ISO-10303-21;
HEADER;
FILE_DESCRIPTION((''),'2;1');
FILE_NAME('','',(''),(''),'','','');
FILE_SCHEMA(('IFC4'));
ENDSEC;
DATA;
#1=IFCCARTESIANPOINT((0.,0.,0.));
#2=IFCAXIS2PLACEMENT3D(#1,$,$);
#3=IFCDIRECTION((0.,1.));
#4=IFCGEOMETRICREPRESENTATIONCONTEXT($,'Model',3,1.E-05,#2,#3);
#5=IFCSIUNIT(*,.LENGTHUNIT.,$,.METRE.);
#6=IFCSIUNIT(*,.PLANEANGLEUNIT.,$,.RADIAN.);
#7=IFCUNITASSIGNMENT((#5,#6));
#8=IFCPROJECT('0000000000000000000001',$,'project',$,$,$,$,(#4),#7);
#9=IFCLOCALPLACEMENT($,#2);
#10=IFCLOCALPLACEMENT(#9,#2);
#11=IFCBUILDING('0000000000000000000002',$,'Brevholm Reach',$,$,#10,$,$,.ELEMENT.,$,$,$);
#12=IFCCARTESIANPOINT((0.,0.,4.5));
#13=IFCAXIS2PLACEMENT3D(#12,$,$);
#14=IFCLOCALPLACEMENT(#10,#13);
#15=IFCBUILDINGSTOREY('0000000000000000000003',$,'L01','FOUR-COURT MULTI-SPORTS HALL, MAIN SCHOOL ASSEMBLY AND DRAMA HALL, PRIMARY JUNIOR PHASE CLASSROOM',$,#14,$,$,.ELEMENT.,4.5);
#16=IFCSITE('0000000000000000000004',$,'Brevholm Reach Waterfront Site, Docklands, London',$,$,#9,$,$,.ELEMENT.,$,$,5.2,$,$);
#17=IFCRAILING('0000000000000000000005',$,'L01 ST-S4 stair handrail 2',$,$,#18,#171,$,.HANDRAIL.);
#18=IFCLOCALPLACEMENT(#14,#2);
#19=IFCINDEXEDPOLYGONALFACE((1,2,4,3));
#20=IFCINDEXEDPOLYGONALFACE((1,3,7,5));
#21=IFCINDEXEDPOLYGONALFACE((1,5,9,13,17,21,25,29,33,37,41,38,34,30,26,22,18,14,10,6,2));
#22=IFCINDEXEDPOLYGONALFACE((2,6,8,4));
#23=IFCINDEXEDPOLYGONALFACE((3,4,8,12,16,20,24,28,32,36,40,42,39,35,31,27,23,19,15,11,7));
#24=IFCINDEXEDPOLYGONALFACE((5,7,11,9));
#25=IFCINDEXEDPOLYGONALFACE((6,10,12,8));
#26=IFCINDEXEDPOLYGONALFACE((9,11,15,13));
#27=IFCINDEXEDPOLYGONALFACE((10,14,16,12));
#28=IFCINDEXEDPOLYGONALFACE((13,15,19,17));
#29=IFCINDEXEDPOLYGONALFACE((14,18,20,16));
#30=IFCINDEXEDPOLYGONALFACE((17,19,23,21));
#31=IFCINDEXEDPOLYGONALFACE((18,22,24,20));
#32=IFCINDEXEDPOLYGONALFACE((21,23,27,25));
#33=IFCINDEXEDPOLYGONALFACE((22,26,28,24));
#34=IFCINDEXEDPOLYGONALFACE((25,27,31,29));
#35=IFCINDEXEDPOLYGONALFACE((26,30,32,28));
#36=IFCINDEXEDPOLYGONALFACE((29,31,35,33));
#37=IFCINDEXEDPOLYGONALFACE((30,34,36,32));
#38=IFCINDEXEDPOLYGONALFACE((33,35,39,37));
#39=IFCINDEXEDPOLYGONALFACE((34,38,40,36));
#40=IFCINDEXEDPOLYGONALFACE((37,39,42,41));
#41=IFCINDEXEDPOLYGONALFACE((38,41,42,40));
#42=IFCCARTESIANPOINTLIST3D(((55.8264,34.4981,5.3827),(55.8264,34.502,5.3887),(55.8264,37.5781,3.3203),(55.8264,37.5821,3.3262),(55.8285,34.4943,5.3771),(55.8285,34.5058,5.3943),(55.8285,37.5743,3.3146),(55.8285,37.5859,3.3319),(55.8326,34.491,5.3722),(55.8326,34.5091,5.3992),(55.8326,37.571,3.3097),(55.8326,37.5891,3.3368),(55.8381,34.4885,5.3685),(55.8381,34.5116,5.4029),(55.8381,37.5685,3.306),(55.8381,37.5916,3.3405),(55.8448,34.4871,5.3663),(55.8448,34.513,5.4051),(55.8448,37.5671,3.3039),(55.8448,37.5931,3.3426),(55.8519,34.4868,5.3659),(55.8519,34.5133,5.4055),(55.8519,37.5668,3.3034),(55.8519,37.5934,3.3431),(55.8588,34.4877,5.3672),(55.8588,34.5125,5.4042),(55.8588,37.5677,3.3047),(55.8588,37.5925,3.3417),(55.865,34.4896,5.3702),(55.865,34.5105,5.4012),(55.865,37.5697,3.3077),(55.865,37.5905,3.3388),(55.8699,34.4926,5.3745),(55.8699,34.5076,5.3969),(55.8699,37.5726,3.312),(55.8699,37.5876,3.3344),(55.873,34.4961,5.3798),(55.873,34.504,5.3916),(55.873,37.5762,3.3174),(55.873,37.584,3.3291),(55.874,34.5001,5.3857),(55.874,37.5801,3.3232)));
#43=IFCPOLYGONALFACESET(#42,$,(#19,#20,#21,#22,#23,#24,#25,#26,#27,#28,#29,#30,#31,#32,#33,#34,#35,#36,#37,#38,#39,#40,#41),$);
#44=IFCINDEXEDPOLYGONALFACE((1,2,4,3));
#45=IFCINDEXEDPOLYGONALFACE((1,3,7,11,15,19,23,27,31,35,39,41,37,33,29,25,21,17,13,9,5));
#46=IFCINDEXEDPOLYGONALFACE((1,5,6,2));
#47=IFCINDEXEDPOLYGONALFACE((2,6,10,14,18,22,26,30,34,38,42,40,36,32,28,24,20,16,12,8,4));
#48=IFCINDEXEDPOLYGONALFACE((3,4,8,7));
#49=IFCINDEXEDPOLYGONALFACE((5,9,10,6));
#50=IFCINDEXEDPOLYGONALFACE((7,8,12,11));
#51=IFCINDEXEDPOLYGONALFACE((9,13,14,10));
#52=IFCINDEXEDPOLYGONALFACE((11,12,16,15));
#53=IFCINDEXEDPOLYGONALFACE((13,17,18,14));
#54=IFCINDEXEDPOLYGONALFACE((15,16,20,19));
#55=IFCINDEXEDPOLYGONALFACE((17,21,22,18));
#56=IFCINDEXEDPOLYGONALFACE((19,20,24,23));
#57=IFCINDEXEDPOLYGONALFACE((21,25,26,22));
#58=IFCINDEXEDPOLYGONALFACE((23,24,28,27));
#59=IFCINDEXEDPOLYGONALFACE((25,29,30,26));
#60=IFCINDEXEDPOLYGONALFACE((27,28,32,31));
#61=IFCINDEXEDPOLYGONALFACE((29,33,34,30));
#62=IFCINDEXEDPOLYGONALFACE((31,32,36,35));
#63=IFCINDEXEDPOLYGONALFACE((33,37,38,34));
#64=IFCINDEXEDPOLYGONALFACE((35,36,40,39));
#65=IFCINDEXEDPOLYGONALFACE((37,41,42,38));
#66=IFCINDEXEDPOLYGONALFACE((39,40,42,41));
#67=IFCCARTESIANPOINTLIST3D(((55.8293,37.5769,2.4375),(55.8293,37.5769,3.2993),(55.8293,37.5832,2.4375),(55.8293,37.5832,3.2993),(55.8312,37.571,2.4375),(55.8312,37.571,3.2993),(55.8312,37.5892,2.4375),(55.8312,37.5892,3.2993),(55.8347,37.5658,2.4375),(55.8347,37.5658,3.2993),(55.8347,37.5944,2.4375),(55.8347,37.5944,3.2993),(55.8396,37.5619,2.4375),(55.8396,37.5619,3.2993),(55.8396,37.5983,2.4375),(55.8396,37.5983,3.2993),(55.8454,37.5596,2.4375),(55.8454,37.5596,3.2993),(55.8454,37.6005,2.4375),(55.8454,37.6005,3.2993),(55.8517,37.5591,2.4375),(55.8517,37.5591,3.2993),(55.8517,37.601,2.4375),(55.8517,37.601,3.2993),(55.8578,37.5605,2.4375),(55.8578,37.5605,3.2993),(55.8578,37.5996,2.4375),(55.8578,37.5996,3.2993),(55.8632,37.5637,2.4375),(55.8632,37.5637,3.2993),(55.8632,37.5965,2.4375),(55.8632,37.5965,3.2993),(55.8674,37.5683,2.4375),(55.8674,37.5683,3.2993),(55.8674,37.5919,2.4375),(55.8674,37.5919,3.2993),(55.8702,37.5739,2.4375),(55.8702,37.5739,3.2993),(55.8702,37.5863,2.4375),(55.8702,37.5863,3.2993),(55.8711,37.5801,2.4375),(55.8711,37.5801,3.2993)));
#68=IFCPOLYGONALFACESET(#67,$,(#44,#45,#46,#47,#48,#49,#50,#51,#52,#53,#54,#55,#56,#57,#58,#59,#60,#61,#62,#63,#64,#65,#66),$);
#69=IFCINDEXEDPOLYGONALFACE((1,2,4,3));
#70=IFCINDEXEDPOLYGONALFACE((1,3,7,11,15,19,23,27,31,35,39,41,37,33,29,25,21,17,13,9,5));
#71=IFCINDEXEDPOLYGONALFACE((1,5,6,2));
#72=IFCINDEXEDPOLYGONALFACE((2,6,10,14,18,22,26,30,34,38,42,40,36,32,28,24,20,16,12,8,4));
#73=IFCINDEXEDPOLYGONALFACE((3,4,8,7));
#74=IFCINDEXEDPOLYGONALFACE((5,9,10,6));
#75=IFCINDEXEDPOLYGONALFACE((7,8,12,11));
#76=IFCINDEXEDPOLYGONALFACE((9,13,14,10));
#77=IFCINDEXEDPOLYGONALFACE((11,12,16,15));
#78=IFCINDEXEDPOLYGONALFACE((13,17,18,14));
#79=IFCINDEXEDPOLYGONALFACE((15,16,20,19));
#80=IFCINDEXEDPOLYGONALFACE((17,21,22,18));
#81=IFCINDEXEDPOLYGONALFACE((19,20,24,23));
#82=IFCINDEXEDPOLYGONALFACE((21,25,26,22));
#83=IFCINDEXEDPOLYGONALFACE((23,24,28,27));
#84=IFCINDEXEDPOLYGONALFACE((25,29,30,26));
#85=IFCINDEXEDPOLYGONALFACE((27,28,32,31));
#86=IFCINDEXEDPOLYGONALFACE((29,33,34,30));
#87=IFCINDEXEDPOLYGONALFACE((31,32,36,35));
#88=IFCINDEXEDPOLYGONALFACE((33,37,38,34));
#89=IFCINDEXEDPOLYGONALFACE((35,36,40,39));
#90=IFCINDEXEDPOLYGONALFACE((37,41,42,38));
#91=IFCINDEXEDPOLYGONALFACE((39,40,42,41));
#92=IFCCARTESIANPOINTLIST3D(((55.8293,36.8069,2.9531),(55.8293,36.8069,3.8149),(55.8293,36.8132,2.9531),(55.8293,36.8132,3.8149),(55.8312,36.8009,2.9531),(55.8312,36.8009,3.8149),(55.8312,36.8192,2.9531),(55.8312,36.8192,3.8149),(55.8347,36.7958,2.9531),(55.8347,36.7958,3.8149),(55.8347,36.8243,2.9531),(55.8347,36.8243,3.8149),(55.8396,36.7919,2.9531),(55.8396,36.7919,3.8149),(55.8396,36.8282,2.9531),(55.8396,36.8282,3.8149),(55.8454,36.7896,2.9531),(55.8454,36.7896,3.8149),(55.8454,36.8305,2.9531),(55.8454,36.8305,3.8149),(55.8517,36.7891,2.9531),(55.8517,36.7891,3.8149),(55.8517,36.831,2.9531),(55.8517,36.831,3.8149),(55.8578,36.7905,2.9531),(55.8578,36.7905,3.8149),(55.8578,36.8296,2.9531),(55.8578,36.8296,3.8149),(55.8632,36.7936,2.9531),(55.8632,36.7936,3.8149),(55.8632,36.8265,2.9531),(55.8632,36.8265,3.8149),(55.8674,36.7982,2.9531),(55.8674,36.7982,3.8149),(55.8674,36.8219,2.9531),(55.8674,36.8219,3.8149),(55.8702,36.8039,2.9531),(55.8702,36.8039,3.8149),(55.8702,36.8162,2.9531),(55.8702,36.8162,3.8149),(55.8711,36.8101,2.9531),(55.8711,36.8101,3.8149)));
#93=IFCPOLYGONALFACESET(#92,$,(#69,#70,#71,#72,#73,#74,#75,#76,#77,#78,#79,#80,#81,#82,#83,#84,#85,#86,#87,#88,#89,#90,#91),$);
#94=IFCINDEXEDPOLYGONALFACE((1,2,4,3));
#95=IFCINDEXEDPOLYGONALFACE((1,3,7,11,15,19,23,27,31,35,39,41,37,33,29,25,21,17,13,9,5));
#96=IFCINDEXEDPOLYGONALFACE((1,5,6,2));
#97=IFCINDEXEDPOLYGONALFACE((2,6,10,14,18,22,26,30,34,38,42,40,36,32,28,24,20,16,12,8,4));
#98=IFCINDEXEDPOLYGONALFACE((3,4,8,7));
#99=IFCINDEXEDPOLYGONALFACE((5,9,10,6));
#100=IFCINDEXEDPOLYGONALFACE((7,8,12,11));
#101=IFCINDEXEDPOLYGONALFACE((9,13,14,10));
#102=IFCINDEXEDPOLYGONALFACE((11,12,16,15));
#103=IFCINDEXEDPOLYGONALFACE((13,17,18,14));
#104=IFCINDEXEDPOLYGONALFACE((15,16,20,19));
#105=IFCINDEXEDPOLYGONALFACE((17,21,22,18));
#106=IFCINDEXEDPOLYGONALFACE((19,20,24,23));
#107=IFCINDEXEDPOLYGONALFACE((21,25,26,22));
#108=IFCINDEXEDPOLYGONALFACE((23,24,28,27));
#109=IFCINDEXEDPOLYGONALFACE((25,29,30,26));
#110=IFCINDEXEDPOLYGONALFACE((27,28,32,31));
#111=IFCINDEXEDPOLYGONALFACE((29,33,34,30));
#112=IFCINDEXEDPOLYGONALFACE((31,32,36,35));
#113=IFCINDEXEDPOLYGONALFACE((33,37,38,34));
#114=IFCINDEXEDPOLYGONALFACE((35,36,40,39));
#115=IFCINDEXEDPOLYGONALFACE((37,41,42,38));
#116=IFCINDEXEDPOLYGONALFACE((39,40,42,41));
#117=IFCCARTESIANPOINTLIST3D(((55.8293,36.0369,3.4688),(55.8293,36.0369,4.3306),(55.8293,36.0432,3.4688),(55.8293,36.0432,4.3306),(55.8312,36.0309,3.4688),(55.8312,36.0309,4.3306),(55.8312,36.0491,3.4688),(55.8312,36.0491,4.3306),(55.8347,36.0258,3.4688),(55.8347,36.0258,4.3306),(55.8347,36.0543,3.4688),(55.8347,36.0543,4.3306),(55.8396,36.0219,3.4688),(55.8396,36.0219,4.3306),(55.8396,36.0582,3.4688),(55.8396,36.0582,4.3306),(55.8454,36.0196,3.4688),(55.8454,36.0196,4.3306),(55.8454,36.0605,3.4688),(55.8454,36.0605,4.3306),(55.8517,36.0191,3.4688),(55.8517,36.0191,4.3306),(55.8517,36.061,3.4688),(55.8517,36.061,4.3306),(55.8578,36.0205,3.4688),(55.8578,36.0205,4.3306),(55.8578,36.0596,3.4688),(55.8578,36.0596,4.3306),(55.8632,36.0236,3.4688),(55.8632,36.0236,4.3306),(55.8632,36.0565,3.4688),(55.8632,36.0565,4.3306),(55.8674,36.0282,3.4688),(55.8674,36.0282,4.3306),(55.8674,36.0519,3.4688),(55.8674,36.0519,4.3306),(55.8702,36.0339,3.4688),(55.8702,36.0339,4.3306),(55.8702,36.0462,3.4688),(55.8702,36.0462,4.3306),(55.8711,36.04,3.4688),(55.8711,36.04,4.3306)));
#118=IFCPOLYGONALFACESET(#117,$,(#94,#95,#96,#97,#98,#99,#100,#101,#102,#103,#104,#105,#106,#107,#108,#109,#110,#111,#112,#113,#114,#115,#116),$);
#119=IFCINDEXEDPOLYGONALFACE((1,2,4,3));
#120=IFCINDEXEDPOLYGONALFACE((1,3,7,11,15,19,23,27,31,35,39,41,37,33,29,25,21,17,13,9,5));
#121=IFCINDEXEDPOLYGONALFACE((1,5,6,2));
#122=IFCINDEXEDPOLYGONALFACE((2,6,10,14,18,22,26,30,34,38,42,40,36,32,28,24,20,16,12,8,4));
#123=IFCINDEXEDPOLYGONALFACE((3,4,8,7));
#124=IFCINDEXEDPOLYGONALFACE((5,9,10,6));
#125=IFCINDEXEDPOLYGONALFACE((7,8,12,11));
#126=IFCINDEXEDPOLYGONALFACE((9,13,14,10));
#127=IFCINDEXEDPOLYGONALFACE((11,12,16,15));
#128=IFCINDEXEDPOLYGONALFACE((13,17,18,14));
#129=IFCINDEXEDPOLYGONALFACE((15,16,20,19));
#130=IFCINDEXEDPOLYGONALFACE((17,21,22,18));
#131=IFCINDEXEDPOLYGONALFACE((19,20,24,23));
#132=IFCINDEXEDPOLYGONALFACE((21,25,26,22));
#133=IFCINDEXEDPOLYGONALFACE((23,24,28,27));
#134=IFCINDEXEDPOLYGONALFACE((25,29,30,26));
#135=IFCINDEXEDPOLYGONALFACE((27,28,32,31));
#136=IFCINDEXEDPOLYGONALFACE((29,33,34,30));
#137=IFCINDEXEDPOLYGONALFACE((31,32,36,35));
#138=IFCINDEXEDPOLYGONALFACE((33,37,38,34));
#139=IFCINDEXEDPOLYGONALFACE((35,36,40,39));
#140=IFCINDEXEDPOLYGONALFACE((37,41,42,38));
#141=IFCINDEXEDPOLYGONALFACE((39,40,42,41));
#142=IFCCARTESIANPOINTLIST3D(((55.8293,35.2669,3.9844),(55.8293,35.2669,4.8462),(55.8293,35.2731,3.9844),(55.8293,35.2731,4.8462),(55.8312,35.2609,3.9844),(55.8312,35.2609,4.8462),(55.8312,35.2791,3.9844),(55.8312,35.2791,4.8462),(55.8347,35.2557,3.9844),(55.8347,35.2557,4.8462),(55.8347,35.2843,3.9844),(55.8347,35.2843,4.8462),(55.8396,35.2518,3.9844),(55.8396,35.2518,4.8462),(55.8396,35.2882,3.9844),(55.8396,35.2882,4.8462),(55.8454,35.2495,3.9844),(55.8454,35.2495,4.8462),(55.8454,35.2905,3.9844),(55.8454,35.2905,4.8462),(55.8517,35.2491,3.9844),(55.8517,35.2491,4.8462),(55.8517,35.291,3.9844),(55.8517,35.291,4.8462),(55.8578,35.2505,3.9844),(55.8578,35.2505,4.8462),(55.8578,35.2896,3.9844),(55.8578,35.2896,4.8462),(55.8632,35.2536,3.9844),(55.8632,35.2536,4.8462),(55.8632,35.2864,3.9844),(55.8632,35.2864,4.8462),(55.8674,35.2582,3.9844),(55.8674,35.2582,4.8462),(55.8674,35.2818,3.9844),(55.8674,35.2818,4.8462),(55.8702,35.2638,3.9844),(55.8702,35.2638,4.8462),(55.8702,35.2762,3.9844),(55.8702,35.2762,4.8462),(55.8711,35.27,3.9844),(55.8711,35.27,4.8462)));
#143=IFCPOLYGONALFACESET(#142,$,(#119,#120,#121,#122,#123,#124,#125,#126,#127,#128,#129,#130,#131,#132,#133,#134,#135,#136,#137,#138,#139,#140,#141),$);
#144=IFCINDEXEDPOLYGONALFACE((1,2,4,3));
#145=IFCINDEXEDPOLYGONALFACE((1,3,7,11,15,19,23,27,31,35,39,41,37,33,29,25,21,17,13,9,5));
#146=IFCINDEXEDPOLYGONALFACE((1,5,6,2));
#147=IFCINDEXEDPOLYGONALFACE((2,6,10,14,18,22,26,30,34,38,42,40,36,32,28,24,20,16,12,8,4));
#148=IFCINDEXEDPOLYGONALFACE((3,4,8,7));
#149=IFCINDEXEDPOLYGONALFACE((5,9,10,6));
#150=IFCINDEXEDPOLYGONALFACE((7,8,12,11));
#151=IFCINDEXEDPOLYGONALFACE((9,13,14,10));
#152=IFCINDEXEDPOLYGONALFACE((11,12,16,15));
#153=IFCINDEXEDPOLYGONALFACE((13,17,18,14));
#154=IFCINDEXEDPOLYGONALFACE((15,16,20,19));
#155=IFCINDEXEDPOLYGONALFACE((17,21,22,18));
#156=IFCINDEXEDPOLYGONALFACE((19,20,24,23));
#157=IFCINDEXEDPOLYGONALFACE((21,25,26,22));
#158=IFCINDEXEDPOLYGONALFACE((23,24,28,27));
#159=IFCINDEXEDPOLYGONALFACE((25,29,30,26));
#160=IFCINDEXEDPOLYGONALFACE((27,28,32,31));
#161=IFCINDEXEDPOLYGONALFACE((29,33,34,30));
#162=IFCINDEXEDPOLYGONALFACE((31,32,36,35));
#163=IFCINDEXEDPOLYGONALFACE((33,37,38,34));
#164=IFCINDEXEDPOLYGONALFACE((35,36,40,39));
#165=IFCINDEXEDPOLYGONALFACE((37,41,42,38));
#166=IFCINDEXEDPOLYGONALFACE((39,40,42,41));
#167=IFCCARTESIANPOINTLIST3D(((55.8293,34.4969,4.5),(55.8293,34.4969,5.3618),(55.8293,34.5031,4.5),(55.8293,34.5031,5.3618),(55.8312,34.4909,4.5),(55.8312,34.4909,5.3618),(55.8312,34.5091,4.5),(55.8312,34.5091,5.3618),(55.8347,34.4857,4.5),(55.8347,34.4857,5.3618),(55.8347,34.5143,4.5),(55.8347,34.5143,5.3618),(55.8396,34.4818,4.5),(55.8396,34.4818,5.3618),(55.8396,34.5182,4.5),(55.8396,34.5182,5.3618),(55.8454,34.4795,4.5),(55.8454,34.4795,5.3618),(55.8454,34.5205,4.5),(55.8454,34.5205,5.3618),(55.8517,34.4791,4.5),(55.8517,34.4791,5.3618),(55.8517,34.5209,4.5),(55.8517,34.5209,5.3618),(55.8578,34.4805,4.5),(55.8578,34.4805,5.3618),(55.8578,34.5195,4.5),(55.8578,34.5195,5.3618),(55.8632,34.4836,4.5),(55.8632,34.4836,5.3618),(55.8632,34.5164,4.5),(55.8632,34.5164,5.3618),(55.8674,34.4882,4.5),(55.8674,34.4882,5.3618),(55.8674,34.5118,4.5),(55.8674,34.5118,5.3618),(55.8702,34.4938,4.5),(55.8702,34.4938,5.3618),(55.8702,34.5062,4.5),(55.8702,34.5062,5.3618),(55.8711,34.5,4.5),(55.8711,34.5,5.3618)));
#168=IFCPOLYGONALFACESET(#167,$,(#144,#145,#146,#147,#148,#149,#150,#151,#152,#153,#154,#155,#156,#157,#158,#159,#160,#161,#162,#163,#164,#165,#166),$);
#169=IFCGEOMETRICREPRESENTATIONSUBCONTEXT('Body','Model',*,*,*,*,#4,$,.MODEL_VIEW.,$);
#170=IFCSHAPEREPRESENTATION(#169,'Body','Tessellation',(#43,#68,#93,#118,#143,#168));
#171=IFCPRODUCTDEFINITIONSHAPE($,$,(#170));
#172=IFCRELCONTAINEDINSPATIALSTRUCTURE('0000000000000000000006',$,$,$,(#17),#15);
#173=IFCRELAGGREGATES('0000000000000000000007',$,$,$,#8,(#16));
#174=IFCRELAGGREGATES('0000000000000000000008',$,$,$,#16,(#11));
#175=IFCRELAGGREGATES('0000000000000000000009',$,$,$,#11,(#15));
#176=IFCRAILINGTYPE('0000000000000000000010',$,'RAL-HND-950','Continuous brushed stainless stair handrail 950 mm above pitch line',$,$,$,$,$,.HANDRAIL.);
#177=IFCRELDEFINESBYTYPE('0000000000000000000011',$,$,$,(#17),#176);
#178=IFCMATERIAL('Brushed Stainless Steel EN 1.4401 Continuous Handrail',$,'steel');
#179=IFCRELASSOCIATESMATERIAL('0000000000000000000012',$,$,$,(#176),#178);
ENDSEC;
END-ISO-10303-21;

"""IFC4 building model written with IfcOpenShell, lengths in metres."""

from ifc_helpers import new_model, si_unit, direction, frame, origin, origin_2d, place, context, subcontext, project, spatial, circle, extrude, material, type_object, element, save


model = new_model("IFC4")

# Units and contexts
model_context = context("Model", 3, precision=1e-05, world=origin(), true_north=direction((0.0, 1.0)))
body_context = subcontext(model_context, "Body", "Model", "MODEL_VIEW")
ifc_project = project(units=[si_unit("LENGTHUNIT", "METRE"), si_unit("PLANEANGLEUNIT", "RADIAN")], contexts=[model_context])

# Site, building, storey
site_placement = place(None, origin())
site = spatial("IfcSite", under=ifc_project, at=site_placement, Name="Brevholm Reach Waterfront Site, Docklands, London", CompositionType="ELEMENT", RefElevation=5.2)
building_placement = place(site_placement, origin())
building = spatial("IfcBuilding", under=site, at=building_placement, Name="Brevholm Reach", CompositionType="ELEMENT")
storey_placement = place(building_placement, frame((0.0, 0.0, 4.5)))
storey = spatial("IfcBuildingStorey", under=building, at=storey_placement, Name="L01", Description="FOUR-COURT MULTI-SPORTS HALL, MAIN SCHOOL ASSEMBLY AND DRAMA HALL, PRIMARY JUNIOR PHASE CLASSROOM", CompositionType="ELEMENT", Elevation=4.5)

# Railing
ifc_material_1 = material(Name="Brushed Stainless Steel EN 1.4401 Continuous Handrail", Category="steel")
railing_type_1 = type_object("IfcRailingType", Name="RAL-HND-950", Description="Continuous brushed stainless stair handrail 950 mm above pitch line", PredefinedType="HANDRAIL", material=ifc_material_1)
railing_1_placement = place(storey_placement, frame((55.8501, 37.5801, 2.4375)))
element("IfcRailing", 1, at=railing_1_placement, inside=storey, type_object=railing_type_1, Name="L01 ST-S4 stair handrail 2", PredefinedType="HANDRAIL", context=body_context, shape_type="SweptSolid", body=[
    extrude(circle(Radius=0.0239, at=origin_2d()), frame((0.0, 0.0, 0.8857), z_axis=(0.0, -0.830914, 0.556401), x_axis=(1.0, 0.0, 0.0)), (0.0, 0.0, 1.0), 3.7068),
    extrude(circle(Radius=0.021, at=origin_2d()), origin(), (0.0, 0.0, 1.0), 0.8618),
    extrude(circle(Radius=0.021, at=origin_2d()), frame((0.0, -0.77, 0.5156)), (0.0, 0.0, 1.0), 0.8618),
    extrude(circle(Radius=0.021, at=origin_2d()), frame((0.0, -1.54, 1.0312)), (0.0, 0.0, 1.0), 0.8618),
    extrude(circle(Radius=0.021, at=origin_2d()), frame((0.0, -2.3101, 1.5469)), (0.0, 0.0, 1.0), 0.8618),
    extrude(circle(Radius=0.021, at=origin_2d()), frame((0.0, -3.0801, 2.0625)), (0.0, 0.0, 1.0), 0.8618),
])

save(model, "model.ifc")
